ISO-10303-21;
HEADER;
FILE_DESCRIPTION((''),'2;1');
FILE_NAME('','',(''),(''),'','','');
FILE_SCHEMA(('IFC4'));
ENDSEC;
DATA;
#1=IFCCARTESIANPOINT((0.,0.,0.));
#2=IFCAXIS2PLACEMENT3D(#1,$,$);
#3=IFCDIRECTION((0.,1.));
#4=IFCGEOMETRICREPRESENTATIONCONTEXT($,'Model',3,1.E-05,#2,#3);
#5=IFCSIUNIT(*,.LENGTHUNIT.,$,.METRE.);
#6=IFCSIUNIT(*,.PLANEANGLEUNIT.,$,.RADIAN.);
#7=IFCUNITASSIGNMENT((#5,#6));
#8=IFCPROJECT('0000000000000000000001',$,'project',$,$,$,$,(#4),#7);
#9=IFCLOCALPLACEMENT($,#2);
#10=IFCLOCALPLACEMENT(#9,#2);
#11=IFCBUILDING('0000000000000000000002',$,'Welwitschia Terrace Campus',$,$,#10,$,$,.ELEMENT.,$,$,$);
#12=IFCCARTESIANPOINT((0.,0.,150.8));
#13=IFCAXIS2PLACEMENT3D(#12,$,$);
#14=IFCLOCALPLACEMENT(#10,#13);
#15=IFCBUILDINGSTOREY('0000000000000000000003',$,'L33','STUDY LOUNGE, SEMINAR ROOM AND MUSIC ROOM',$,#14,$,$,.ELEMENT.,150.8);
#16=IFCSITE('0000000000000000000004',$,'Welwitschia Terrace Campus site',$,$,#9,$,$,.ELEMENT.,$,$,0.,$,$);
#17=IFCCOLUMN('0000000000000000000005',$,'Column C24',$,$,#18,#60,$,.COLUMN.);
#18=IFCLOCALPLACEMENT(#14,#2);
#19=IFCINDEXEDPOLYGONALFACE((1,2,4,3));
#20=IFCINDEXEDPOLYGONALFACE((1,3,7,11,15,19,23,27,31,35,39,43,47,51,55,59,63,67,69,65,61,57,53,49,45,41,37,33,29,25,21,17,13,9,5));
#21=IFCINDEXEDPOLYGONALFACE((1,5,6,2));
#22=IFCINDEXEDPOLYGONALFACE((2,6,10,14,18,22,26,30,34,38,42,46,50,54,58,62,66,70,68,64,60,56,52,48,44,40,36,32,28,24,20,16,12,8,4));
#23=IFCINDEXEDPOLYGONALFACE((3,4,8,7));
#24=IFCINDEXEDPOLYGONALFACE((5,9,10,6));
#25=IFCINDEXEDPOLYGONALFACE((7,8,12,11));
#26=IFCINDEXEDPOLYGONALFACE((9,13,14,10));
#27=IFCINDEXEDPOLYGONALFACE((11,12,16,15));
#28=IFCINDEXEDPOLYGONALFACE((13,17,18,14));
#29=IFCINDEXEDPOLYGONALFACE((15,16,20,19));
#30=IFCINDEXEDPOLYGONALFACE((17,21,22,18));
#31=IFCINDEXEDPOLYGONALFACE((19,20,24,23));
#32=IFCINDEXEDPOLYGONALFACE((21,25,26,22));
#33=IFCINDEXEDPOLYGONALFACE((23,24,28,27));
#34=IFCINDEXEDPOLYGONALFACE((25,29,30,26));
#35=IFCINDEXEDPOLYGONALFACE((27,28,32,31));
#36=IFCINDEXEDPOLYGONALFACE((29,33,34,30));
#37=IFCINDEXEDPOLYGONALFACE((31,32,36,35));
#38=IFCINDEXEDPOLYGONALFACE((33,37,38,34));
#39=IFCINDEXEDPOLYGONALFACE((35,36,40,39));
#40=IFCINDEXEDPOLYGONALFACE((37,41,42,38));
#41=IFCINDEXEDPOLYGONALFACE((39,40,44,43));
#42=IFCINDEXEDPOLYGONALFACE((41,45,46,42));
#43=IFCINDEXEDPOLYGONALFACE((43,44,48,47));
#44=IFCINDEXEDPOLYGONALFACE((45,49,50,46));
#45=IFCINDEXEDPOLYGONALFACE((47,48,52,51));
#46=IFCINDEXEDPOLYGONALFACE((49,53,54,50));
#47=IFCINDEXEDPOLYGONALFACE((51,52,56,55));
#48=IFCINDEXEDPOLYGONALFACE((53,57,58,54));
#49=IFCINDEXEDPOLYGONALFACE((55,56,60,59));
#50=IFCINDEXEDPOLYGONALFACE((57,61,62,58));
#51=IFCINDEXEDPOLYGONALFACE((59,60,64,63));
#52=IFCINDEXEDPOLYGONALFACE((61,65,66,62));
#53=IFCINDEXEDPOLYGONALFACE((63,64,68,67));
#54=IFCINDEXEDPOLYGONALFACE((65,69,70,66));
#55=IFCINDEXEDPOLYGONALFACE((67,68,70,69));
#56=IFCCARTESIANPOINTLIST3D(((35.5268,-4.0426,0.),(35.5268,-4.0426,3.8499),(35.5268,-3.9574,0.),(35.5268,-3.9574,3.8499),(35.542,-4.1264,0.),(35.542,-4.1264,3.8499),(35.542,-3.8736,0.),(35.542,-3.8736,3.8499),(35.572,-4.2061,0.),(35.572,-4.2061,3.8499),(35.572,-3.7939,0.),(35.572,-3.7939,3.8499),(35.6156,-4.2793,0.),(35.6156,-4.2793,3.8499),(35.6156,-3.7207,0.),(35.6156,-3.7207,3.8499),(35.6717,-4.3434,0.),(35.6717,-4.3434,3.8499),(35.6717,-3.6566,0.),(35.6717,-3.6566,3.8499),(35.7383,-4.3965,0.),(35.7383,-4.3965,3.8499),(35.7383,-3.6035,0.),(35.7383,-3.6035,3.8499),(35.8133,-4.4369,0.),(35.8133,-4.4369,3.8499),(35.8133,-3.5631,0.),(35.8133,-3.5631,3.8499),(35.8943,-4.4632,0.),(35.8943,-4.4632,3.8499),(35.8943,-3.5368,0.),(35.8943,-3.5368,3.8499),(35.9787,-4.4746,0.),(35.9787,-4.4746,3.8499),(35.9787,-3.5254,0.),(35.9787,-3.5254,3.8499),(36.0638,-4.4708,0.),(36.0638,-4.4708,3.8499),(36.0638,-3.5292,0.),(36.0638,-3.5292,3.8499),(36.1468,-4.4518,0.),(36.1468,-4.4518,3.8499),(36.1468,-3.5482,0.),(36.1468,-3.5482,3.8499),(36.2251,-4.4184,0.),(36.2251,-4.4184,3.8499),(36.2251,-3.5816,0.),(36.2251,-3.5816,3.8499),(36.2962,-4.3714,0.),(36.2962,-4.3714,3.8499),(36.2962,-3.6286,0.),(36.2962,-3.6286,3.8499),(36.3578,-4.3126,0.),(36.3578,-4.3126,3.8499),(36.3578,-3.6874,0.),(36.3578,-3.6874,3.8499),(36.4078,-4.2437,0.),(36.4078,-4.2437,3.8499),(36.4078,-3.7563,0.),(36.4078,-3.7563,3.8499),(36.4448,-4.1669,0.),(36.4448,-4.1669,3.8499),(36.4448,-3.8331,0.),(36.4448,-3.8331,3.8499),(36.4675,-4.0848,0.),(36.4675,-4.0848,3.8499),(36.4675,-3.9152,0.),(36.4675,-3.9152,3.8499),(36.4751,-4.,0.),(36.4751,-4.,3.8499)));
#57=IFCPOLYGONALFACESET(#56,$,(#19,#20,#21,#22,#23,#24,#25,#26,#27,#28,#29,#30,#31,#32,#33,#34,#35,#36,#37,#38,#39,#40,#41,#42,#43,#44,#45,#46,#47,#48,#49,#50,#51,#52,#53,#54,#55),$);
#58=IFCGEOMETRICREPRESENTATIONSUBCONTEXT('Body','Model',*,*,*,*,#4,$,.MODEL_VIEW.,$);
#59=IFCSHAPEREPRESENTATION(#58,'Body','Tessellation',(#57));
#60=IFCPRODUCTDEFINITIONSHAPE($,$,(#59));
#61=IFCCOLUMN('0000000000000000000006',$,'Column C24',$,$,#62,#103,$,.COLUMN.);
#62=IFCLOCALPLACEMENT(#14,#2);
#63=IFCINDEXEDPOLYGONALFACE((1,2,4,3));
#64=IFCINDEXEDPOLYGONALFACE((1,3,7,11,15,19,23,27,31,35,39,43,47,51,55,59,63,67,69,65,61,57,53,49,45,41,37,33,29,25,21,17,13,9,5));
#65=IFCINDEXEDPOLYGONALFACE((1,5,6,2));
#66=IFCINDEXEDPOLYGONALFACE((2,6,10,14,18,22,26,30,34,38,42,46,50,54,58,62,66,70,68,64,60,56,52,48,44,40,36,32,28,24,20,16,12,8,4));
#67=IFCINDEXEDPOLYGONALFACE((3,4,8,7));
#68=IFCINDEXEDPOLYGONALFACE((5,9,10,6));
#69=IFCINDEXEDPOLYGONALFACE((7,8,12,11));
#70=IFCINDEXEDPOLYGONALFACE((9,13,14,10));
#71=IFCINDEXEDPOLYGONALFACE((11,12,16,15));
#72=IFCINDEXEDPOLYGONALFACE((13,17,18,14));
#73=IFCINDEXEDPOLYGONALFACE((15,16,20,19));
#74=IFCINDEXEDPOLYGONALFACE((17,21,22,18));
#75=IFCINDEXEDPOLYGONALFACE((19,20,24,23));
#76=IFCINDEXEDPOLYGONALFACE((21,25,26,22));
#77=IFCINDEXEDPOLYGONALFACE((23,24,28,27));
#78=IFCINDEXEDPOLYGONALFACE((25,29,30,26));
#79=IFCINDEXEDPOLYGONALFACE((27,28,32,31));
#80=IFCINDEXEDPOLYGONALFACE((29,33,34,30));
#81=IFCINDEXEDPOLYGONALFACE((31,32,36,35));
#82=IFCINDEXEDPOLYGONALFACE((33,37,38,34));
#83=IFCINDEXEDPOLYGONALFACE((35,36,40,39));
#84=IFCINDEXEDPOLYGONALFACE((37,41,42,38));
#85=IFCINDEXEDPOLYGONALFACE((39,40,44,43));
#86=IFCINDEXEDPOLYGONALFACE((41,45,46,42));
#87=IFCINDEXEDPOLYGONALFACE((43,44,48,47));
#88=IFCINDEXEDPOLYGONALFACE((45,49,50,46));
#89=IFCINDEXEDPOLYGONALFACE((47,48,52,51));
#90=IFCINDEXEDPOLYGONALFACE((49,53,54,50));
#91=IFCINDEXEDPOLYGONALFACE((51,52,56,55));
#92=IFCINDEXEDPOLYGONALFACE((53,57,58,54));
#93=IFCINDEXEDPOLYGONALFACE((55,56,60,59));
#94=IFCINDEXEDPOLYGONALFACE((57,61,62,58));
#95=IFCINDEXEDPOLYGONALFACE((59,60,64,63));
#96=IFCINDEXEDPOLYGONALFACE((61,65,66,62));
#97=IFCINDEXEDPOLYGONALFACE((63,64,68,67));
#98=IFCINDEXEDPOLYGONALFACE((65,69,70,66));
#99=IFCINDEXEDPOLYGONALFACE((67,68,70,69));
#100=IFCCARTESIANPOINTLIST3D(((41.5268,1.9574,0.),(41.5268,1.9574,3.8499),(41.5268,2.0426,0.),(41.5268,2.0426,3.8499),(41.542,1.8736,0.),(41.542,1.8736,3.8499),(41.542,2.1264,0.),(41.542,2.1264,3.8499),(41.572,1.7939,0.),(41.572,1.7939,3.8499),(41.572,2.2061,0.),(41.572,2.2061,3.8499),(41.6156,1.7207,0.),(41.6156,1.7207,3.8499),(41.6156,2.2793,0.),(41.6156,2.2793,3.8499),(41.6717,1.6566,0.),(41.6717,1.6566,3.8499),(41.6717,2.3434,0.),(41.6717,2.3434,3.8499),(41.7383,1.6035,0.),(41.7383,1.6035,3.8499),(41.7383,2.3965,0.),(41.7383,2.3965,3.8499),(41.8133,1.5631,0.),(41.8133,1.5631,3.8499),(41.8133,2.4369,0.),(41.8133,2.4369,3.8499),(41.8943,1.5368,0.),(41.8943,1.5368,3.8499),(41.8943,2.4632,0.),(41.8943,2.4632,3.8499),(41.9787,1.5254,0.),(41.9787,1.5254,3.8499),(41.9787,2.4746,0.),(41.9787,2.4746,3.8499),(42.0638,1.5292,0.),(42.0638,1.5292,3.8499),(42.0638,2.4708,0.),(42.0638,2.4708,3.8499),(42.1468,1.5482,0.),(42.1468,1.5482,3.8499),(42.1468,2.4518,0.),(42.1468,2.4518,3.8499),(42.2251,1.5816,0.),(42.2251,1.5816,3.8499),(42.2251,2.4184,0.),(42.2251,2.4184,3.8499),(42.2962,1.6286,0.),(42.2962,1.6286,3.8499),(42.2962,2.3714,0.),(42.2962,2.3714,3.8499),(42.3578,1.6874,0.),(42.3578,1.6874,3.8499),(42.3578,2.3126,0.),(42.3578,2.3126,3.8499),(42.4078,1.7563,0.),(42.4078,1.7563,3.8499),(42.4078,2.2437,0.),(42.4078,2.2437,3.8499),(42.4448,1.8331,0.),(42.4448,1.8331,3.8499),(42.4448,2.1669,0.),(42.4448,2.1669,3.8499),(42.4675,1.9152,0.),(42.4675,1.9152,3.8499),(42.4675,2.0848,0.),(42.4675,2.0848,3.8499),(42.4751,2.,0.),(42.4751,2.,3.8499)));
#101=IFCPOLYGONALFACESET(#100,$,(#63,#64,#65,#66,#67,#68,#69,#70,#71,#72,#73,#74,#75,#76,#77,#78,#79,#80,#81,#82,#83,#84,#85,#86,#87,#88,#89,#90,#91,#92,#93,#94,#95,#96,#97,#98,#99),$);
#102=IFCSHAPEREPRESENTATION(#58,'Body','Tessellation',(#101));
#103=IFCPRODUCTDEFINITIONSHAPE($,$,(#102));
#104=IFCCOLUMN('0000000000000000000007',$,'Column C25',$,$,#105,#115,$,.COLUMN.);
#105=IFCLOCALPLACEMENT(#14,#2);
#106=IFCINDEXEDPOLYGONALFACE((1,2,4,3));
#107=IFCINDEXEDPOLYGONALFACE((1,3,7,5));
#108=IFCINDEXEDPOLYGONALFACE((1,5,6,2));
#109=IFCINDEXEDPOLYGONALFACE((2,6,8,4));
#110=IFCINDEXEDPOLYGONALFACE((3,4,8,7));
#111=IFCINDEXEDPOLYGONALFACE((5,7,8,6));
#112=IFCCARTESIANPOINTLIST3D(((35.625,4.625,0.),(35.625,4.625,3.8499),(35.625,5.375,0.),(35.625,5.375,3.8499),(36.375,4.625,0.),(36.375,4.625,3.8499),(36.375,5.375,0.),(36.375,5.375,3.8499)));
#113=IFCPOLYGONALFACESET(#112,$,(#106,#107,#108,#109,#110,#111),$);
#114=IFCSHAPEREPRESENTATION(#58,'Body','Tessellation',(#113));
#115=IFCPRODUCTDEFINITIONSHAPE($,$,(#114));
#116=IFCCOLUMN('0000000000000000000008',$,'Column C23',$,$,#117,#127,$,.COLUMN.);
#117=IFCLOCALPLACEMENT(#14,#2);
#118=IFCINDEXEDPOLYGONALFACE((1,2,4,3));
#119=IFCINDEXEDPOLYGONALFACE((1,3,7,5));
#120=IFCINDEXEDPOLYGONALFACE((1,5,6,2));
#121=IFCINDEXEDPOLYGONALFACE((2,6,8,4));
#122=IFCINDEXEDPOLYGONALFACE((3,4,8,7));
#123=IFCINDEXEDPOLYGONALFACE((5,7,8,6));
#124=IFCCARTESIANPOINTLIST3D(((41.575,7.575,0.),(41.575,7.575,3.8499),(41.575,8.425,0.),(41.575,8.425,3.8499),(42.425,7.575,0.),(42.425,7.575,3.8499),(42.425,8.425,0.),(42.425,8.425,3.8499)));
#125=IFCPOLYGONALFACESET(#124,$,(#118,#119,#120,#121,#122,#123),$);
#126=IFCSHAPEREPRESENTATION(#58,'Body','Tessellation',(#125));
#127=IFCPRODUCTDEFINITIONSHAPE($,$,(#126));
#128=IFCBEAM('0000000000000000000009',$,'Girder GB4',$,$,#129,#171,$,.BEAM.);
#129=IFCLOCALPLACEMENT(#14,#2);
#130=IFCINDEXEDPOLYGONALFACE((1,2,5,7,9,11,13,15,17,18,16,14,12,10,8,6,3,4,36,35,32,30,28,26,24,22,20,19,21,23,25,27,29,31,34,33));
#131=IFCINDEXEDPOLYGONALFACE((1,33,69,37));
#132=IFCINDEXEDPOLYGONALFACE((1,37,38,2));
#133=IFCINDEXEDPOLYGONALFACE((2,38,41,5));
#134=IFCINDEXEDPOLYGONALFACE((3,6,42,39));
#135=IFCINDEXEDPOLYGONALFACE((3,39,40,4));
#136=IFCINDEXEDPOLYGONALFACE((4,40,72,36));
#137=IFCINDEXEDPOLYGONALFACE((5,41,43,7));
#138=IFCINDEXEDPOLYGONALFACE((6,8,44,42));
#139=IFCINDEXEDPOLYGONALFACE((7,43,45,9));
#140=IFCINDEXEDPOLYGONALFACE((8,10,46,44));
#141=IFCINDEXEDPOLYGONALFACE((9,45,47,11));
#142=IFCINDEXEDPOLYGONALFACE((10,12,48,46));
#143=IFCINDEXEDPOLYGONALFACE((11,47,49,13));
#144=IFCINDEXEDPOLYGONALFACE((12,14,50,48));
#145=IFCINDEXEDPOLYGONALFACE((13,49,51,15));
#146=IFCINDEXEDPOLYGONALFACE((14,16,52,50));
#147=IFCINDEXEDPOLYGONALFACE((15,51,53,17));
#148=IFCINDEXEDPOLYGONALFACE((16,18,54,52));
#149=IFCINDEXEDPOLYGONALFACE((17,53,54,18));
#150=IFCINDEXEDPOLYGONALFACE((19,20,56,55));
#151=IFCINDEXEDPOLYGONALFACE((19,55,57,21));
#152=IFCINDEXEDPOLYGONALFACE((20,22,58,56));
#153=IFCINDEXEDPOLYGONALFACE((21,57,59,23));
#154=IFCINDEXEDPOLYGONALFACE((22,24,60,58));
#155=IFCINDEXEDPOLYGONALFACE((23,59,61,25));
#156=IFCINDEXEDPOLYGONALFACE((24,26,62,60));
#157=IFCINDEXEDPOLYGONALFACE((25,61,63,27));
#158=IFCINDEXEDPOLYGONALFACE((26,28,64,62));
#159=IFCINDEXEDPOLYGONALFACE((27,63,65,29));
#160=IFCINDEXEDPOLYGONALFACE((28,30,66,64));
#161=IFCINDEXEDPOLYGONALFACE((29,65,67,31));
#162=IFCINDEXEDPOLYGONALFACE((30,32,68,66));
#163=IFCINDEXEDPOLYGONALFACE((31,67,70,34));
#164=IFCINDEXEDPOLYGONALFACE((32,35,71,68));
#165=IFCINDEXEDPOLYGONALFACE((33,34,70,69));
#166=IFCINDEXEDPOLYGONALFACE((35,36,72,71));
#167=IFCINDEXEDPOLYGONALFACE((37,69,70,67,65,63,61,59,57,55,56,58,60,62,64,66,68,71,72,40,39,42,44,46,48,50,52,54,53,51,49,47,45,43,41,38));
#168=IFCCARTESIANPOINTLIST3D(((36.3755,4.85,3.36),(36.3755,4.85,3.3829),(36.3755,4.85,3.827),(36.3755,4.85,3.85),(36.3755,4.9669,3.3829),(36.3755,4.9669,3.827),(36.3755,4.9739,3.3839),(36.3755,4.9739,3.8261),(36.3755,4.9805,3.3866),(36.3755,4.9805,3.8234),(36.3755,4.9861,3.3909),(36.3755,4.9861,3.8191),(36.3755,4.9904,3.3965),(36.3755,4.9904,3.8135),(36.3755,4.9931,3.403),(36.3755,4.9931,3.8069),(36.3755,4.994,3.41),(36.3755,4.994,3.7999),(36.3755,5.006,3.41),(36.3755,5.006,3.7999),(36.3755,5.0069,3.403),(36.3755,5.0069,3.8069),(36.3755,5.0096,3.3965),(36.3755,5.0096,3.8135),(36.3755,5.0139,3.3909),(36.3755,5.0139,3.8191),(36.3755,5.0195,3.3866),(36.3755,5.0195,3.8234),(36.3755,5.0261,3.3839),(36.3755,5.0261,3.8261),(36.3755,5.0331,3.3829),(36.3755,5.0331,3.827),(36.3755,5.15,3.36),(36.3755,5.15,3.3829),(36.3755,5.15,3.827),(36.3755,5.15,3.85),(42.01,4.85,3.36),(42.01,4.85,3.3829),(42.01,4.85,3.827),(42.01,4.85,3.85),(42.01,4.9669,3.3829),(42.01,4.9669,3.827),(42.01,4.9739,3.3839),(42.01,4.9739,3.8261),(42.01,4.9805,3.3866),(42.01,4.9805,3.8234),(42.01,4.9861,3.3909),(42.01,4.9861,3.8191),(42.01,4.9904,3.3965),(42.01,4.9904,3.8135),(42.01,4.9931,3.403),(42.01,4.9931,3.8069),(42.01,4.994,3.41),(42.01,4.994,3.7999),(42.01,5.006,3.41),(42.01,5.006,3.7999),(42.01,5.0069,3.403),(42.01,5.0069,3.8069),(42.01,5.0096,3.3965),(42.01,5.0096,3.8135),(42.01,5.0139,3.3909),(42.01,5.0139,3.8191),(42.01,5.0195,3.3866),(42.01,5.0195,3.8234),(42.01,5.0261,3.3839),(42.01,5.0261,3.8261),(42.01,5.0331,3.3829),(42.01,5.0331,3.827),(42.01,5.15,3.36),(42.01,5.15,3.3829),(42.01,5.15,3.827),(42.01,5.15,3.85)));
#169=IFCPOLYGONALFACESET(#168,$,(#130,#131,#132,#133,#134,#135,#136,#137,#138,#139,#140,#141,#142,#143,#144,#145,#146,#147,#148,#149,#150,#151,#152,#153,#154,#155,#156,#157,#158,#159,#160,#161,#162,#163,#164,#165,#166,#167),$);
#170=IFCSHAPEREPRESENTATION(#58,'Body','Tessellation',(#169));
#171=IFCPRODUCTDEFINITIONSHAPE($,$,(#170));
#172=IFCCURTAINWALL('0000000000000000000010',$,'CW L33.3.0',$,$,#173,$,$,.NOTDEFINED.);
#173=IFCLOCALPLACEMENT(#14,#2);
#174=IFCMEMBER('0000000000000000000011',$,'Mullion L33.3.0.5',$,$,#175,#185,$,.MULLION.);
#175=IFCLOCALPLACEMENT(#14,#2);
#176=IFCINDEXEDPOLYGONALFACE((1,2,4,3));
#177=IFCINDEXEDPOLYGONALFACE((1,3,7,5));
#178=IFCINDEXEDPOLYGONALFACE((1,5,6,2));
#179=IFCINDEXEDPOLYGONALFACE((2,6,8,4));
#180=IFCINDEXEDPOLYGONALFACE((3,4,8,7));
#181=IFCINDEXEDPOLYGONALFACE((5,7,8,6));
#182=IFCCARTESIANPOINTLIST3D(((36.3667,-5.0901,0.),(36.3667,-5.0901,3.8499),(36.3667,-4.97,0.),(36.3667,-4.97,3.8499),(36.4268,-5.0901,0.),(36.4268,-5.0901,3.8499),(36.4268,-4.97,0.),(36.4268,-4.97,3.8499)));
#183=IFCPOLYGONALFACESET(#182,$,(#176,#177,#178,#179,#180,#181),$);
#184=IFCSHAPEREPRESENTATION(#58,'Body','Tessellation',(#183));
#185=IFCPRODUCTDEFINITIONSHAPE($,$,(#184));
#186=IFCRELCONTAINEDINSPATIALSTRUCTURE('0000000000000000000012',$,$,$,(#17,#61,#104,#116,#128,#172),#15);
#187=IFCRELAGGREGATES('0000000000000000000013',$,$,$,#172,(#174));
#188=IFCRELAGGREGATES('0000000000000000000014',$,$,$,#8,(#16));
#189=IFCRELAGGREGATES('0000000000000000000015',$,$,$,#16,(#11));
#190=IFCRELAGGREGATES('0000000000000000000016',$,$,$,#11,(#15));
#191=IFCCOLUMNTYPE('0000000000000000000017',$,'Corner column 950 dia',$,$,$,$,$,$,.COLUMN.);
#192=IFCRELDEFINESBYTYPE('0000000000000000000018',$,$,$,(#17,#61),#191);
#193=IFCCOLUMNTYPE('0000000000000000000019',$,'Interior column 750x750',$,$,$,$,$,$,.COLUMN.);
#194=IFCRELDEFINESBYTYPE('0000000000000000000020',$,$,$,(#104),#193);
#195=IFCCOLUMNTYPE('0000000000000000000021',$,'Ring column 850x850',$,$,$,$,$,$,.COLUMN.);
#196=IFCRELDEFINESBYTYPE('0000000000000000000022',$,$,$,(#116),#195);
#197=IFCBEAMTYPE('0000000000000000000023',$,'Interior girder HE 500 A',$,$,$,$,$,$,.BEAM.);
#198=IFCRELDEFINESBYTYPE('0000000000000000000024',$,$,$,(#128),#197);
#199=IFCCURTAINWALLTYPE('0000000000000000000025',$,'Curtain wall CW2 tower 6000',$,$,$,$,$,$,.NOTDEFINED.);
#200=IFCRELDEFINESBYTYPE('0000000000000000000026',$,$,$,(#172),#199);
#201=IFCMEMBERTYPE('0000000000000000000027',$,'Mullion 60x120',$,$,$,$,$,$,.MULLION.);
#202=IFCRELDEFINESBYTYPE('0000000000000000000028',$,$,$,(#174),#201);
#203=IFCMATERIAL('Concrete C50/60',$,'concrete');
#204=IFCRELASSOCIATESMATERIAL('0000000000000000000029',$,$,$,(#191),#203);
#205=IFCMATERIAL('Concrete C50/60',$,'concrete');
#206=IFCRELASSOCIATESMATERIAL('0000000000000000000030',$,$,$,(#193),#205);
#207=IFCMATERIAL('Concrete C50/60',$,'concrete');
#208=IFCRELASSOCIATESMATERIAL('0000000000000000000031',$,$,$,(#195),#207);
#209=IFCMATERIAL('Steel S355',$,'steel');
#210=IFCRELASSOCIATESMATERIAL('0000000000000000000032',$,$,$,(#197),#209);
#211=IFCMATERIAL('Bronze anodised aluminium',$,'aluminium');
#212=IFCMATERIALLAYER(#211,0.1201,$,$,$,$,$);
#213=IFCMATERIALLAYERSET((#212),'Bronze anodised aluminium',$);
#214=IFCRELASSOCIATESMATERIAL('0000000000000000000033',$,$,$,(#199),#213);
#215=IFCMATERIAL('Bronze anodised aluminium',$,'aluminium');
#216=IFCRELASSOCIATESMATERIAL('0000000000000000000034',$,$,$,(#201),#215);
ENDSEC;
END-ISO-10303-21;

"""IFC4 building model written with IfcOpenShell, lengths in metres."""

from ifc_helpers import new_model, si_unit, direction, frame, origin, origin_2d, place, context, subcontext, project, spatial, rectangle, circle, i_section, extrude, material, layer, layer_set, material_profile, profile_set, type_object, element, aggregate, save


model = new_model("IFC4")

# Units and contexts
model_context = context("Model", 3, precision=1e-05, world=origin(), true_north=direction((0.0, 1.0)))
body_context = subcontext(model_context, "Body", "Model", "MODEL_VIEW")
ifc_project = project(units=[si_unit("LENGTHUNIT", "METRE"), si_unit("PLANEANGLEUNIT", "RADIAN")], contexts=[model_context])

# Site, building, storey
site_placement = place(None, origin())
site = spatial("IfcSite", under=ifc_project, at=site_placement, Name="Welwitschia Terrace Campus site", CompositionType="ELEMENT", RefElevation=0.0)
building_placement = place(site_placement, origin())
building = spatial("IfcBuilding", under=site, at=building_placement, Name="Welwitschia Terrace Campus", CompositionType="ELEMENT")
storey_placement = place(building_placement, frame((0.0, 0.0, 150.8)))
storey = spatial("IfcBuildingStorey", under=building, at=storey_placement, Name="L33", Description="STUDY LOUNGE, SEMINAR ROOM AND MUSIC ROOM", CompositionType="ELEMENT", Elevation=150.8)

# Columns
ifc_material_1 = material(Name="Concrete C50/60", Category="concrete")
ifc_material_profile_1 = material_profile(ifc_material_1, circle(Radius=0.4751, at=origin_2d()))
ifc_profile_set_1 = profile_set([ifc_material_profile_1], Name="Concrete C50/60")
column_type_1 = type_object("IfcColumnType", Name="Corner column 950 dia", PredefinedType="COLUMN", material=ifc_profile_set_1)
for number, where, z_axis, x_axis, name in (
    (1, (36.0, -4.0, 0.0), (0.0, 0.0, 1.0), (1.0, 0.0, 0.0), "Column C24"),
    (2, (42.0, 2.0, 0.0), (0.0, 0.0, 1.0), (1.0, 0.0, 0.0), "Column C24"),
):
    element("IfcColumn", number, at=place(storey_placement, frame(where, z_axis=z_axis, x_axis=x_axis)), inside=storey, type_object=column_type_1, Name=name, PredefinedType="COLUMN", context=body_context, shape_type="SweptSolid", body=[
        extrude(circle(Radius=0.4751, at=origin_2d()), origin(), (0.0, 0.0, 1.0), 3.8499),
    ])
ifc_material_2 = material(Name="Concrete C50/60", Category="concrete")
ifc_material_profile_2 = material_profile(ifc_material_2, rectangle(XDim=0.75, YDim=0.75, at=origin_2d()))
ifc_profile_set_2 = profile_set([ifc_material_profile_2], Name="Concrete C50/60")
column_type_2 = type_object("IfcColumnType", Name="Interior column 750x750", PredefinedType="COLUMN", material=ifc_profile_set_2)
column_1_placement = place(storey_placement, frame((36.0, 5.0, 0.0), z_axis=(0.0, 0.0, 1.0), x_axis=(1.0, 0.0, 0.0)))
element("IfcColumn", 3, at=column_1_placement, inside=storey, type_object=column_type_2, Name="Column C25", PredefinedType="COLUMN", context=body_context, shape_type="SweptSolid", body=[
    extrude(rectangle(XDim=0.75, YDim=0.75, at=origin_2d()), origin(), (0.0, 0.0, 1.0), 3.8499),
])
ifc_material_3 = material(Name="Concrete C50/60", Category="concrete")
ifc_material_profile_3 = material_profile(ifc_material_3, rectangle(XDim=0.8501, YDim=0.8501, at=origin_2d()))
ifc_profile_set_3 = profile_set([ifc_material_profile_3], Name="Concrete C50/60")
column_type_3 = type_object("IfcColumnType", Name="Ring column 850x850", PredefinedType="COLUMN", material=ifc_profile_set_3)
column_2_placement = place(storey_placement, frame((42.0, 8.0, 0.0), z_axis=(0.0, 0.0, 1.0), x_axis=(1.0, 0.0, 0.0)))
element("IfcColumn", 4, at=column_2_placement, inside=storey, type_object=column_type_3, Name="Column C23", PredefinedType="COLUMN", context=body_context, shape_type="SweptSolid", body=[
    extrude(rectangle(XDim=0.8501, YDim=0.8501, at=origin_2d()), origin(), (0.0, 0.0, 1.0), 3.8499),
])

# Beam
ifc_material_4 = material(Name="Steel S355", Category="steel")
ifc_material_profile_4 = material_profile(ifc_material_4, i_section(OverallWidth=0.3, OverallDepth=0.49, WebThickness=0.012, FlangeThickness=0.0229, FilletRadius=0.0271, at=origin_2d()))
ifc_profile_set_4 = profile_set([ifc_material_profile_4], Name="Steel S355")
beam_type_1 = type_object("IfcBeamType", Name="Interior girder HE 500 A", PredefinedType="BEAM", material=ifc_profile_set_4)
beam_1_placement = place(storey_placement, frame((36.3755, 5.0, 3.605), z_axis=(1.0, 0.0, 0.0), x_axis=(0.0, 1.0, 0.0)))
element("IfcBeam", 5, at=beam_1_placement, inside=storey, type_object=beam_type_1, Name="Girder GB4", PredefinedType="BEAM", context=body_context, shape_type="SweptSolid", body=[
    extrude(i_section(OverallWidth=0.3, OverallDepth=0.49, WebThickness=0.012, FlangeThickness=0.0229, FilletRadius=0.0271, at=origin_2d()), origin(), (0.0, 0.0, 1.0), 5.6345),
])

# Curtain wall, member
ifc_material_5 = material(Name="Bronze anodised aluminium", Category="aluminium")
ifc_layer_1 = layer(ifc_material_5, 0.1201)
ifc_layer_set_1 = layer_set([ifc_layer_1], Name="Bronze anodised aluminium")
curtain_wall_type = type_object("IfcCurtainWallType", Name="Curtain wall CW2 tower 6000", PredefinedType="NOTDEFINED", material=ifc_layer_set_1)
curtain_wall_1_placement = place(storey_placement, origin())
curtain_wall_1 = element("IfcCurtainWall", 6, at=curtain_wall_1_placement, inside=storey, type_object=curtain_wall_type, Name="CW L33.3.0", PredefinedType="NOTDEFINED")
ifc_material_6 = material(Name="Bronze anodised aluminium", Category="aluminium")
ifc_material_profile_5 = material_profile(ifc_material_6, rectangle(XDim=0.1201, YDim=0.0601, at=origin_2d()))
ifc_profile_set_5 = profile_set([ifc_material_profile_5], Name="Bronze anodised aluminium")
member_type_1 = type_object("IfcMemberType", Name="Mullion 60x120", PredefinedType="MULLION", material=ifc_profile_set_5)
member_1_placement = place(storey_placement, frame((36.3967, -5.03, 0.0), z_axis=(0.0, 0.0, 1.0), x_axis=(0.0, 1.0, 0.0)))
member_1 = element("IfcMember", 7, at=member_1_placement, type_object=member_type_1, Name="Mullion L33.3.0.5", PredefinedType="MULLION", context=body_context, shape_type="SweptSolid", body=[
    extrude(rectangle(XDim=0.1201, YDim=0.0601, at=origin_2d()), origin(), (0.0, 0.0, 1.0), 3.8499),
])

aggregate(curtain_wall_1, [member_1])

save(model, "model.ifc")
